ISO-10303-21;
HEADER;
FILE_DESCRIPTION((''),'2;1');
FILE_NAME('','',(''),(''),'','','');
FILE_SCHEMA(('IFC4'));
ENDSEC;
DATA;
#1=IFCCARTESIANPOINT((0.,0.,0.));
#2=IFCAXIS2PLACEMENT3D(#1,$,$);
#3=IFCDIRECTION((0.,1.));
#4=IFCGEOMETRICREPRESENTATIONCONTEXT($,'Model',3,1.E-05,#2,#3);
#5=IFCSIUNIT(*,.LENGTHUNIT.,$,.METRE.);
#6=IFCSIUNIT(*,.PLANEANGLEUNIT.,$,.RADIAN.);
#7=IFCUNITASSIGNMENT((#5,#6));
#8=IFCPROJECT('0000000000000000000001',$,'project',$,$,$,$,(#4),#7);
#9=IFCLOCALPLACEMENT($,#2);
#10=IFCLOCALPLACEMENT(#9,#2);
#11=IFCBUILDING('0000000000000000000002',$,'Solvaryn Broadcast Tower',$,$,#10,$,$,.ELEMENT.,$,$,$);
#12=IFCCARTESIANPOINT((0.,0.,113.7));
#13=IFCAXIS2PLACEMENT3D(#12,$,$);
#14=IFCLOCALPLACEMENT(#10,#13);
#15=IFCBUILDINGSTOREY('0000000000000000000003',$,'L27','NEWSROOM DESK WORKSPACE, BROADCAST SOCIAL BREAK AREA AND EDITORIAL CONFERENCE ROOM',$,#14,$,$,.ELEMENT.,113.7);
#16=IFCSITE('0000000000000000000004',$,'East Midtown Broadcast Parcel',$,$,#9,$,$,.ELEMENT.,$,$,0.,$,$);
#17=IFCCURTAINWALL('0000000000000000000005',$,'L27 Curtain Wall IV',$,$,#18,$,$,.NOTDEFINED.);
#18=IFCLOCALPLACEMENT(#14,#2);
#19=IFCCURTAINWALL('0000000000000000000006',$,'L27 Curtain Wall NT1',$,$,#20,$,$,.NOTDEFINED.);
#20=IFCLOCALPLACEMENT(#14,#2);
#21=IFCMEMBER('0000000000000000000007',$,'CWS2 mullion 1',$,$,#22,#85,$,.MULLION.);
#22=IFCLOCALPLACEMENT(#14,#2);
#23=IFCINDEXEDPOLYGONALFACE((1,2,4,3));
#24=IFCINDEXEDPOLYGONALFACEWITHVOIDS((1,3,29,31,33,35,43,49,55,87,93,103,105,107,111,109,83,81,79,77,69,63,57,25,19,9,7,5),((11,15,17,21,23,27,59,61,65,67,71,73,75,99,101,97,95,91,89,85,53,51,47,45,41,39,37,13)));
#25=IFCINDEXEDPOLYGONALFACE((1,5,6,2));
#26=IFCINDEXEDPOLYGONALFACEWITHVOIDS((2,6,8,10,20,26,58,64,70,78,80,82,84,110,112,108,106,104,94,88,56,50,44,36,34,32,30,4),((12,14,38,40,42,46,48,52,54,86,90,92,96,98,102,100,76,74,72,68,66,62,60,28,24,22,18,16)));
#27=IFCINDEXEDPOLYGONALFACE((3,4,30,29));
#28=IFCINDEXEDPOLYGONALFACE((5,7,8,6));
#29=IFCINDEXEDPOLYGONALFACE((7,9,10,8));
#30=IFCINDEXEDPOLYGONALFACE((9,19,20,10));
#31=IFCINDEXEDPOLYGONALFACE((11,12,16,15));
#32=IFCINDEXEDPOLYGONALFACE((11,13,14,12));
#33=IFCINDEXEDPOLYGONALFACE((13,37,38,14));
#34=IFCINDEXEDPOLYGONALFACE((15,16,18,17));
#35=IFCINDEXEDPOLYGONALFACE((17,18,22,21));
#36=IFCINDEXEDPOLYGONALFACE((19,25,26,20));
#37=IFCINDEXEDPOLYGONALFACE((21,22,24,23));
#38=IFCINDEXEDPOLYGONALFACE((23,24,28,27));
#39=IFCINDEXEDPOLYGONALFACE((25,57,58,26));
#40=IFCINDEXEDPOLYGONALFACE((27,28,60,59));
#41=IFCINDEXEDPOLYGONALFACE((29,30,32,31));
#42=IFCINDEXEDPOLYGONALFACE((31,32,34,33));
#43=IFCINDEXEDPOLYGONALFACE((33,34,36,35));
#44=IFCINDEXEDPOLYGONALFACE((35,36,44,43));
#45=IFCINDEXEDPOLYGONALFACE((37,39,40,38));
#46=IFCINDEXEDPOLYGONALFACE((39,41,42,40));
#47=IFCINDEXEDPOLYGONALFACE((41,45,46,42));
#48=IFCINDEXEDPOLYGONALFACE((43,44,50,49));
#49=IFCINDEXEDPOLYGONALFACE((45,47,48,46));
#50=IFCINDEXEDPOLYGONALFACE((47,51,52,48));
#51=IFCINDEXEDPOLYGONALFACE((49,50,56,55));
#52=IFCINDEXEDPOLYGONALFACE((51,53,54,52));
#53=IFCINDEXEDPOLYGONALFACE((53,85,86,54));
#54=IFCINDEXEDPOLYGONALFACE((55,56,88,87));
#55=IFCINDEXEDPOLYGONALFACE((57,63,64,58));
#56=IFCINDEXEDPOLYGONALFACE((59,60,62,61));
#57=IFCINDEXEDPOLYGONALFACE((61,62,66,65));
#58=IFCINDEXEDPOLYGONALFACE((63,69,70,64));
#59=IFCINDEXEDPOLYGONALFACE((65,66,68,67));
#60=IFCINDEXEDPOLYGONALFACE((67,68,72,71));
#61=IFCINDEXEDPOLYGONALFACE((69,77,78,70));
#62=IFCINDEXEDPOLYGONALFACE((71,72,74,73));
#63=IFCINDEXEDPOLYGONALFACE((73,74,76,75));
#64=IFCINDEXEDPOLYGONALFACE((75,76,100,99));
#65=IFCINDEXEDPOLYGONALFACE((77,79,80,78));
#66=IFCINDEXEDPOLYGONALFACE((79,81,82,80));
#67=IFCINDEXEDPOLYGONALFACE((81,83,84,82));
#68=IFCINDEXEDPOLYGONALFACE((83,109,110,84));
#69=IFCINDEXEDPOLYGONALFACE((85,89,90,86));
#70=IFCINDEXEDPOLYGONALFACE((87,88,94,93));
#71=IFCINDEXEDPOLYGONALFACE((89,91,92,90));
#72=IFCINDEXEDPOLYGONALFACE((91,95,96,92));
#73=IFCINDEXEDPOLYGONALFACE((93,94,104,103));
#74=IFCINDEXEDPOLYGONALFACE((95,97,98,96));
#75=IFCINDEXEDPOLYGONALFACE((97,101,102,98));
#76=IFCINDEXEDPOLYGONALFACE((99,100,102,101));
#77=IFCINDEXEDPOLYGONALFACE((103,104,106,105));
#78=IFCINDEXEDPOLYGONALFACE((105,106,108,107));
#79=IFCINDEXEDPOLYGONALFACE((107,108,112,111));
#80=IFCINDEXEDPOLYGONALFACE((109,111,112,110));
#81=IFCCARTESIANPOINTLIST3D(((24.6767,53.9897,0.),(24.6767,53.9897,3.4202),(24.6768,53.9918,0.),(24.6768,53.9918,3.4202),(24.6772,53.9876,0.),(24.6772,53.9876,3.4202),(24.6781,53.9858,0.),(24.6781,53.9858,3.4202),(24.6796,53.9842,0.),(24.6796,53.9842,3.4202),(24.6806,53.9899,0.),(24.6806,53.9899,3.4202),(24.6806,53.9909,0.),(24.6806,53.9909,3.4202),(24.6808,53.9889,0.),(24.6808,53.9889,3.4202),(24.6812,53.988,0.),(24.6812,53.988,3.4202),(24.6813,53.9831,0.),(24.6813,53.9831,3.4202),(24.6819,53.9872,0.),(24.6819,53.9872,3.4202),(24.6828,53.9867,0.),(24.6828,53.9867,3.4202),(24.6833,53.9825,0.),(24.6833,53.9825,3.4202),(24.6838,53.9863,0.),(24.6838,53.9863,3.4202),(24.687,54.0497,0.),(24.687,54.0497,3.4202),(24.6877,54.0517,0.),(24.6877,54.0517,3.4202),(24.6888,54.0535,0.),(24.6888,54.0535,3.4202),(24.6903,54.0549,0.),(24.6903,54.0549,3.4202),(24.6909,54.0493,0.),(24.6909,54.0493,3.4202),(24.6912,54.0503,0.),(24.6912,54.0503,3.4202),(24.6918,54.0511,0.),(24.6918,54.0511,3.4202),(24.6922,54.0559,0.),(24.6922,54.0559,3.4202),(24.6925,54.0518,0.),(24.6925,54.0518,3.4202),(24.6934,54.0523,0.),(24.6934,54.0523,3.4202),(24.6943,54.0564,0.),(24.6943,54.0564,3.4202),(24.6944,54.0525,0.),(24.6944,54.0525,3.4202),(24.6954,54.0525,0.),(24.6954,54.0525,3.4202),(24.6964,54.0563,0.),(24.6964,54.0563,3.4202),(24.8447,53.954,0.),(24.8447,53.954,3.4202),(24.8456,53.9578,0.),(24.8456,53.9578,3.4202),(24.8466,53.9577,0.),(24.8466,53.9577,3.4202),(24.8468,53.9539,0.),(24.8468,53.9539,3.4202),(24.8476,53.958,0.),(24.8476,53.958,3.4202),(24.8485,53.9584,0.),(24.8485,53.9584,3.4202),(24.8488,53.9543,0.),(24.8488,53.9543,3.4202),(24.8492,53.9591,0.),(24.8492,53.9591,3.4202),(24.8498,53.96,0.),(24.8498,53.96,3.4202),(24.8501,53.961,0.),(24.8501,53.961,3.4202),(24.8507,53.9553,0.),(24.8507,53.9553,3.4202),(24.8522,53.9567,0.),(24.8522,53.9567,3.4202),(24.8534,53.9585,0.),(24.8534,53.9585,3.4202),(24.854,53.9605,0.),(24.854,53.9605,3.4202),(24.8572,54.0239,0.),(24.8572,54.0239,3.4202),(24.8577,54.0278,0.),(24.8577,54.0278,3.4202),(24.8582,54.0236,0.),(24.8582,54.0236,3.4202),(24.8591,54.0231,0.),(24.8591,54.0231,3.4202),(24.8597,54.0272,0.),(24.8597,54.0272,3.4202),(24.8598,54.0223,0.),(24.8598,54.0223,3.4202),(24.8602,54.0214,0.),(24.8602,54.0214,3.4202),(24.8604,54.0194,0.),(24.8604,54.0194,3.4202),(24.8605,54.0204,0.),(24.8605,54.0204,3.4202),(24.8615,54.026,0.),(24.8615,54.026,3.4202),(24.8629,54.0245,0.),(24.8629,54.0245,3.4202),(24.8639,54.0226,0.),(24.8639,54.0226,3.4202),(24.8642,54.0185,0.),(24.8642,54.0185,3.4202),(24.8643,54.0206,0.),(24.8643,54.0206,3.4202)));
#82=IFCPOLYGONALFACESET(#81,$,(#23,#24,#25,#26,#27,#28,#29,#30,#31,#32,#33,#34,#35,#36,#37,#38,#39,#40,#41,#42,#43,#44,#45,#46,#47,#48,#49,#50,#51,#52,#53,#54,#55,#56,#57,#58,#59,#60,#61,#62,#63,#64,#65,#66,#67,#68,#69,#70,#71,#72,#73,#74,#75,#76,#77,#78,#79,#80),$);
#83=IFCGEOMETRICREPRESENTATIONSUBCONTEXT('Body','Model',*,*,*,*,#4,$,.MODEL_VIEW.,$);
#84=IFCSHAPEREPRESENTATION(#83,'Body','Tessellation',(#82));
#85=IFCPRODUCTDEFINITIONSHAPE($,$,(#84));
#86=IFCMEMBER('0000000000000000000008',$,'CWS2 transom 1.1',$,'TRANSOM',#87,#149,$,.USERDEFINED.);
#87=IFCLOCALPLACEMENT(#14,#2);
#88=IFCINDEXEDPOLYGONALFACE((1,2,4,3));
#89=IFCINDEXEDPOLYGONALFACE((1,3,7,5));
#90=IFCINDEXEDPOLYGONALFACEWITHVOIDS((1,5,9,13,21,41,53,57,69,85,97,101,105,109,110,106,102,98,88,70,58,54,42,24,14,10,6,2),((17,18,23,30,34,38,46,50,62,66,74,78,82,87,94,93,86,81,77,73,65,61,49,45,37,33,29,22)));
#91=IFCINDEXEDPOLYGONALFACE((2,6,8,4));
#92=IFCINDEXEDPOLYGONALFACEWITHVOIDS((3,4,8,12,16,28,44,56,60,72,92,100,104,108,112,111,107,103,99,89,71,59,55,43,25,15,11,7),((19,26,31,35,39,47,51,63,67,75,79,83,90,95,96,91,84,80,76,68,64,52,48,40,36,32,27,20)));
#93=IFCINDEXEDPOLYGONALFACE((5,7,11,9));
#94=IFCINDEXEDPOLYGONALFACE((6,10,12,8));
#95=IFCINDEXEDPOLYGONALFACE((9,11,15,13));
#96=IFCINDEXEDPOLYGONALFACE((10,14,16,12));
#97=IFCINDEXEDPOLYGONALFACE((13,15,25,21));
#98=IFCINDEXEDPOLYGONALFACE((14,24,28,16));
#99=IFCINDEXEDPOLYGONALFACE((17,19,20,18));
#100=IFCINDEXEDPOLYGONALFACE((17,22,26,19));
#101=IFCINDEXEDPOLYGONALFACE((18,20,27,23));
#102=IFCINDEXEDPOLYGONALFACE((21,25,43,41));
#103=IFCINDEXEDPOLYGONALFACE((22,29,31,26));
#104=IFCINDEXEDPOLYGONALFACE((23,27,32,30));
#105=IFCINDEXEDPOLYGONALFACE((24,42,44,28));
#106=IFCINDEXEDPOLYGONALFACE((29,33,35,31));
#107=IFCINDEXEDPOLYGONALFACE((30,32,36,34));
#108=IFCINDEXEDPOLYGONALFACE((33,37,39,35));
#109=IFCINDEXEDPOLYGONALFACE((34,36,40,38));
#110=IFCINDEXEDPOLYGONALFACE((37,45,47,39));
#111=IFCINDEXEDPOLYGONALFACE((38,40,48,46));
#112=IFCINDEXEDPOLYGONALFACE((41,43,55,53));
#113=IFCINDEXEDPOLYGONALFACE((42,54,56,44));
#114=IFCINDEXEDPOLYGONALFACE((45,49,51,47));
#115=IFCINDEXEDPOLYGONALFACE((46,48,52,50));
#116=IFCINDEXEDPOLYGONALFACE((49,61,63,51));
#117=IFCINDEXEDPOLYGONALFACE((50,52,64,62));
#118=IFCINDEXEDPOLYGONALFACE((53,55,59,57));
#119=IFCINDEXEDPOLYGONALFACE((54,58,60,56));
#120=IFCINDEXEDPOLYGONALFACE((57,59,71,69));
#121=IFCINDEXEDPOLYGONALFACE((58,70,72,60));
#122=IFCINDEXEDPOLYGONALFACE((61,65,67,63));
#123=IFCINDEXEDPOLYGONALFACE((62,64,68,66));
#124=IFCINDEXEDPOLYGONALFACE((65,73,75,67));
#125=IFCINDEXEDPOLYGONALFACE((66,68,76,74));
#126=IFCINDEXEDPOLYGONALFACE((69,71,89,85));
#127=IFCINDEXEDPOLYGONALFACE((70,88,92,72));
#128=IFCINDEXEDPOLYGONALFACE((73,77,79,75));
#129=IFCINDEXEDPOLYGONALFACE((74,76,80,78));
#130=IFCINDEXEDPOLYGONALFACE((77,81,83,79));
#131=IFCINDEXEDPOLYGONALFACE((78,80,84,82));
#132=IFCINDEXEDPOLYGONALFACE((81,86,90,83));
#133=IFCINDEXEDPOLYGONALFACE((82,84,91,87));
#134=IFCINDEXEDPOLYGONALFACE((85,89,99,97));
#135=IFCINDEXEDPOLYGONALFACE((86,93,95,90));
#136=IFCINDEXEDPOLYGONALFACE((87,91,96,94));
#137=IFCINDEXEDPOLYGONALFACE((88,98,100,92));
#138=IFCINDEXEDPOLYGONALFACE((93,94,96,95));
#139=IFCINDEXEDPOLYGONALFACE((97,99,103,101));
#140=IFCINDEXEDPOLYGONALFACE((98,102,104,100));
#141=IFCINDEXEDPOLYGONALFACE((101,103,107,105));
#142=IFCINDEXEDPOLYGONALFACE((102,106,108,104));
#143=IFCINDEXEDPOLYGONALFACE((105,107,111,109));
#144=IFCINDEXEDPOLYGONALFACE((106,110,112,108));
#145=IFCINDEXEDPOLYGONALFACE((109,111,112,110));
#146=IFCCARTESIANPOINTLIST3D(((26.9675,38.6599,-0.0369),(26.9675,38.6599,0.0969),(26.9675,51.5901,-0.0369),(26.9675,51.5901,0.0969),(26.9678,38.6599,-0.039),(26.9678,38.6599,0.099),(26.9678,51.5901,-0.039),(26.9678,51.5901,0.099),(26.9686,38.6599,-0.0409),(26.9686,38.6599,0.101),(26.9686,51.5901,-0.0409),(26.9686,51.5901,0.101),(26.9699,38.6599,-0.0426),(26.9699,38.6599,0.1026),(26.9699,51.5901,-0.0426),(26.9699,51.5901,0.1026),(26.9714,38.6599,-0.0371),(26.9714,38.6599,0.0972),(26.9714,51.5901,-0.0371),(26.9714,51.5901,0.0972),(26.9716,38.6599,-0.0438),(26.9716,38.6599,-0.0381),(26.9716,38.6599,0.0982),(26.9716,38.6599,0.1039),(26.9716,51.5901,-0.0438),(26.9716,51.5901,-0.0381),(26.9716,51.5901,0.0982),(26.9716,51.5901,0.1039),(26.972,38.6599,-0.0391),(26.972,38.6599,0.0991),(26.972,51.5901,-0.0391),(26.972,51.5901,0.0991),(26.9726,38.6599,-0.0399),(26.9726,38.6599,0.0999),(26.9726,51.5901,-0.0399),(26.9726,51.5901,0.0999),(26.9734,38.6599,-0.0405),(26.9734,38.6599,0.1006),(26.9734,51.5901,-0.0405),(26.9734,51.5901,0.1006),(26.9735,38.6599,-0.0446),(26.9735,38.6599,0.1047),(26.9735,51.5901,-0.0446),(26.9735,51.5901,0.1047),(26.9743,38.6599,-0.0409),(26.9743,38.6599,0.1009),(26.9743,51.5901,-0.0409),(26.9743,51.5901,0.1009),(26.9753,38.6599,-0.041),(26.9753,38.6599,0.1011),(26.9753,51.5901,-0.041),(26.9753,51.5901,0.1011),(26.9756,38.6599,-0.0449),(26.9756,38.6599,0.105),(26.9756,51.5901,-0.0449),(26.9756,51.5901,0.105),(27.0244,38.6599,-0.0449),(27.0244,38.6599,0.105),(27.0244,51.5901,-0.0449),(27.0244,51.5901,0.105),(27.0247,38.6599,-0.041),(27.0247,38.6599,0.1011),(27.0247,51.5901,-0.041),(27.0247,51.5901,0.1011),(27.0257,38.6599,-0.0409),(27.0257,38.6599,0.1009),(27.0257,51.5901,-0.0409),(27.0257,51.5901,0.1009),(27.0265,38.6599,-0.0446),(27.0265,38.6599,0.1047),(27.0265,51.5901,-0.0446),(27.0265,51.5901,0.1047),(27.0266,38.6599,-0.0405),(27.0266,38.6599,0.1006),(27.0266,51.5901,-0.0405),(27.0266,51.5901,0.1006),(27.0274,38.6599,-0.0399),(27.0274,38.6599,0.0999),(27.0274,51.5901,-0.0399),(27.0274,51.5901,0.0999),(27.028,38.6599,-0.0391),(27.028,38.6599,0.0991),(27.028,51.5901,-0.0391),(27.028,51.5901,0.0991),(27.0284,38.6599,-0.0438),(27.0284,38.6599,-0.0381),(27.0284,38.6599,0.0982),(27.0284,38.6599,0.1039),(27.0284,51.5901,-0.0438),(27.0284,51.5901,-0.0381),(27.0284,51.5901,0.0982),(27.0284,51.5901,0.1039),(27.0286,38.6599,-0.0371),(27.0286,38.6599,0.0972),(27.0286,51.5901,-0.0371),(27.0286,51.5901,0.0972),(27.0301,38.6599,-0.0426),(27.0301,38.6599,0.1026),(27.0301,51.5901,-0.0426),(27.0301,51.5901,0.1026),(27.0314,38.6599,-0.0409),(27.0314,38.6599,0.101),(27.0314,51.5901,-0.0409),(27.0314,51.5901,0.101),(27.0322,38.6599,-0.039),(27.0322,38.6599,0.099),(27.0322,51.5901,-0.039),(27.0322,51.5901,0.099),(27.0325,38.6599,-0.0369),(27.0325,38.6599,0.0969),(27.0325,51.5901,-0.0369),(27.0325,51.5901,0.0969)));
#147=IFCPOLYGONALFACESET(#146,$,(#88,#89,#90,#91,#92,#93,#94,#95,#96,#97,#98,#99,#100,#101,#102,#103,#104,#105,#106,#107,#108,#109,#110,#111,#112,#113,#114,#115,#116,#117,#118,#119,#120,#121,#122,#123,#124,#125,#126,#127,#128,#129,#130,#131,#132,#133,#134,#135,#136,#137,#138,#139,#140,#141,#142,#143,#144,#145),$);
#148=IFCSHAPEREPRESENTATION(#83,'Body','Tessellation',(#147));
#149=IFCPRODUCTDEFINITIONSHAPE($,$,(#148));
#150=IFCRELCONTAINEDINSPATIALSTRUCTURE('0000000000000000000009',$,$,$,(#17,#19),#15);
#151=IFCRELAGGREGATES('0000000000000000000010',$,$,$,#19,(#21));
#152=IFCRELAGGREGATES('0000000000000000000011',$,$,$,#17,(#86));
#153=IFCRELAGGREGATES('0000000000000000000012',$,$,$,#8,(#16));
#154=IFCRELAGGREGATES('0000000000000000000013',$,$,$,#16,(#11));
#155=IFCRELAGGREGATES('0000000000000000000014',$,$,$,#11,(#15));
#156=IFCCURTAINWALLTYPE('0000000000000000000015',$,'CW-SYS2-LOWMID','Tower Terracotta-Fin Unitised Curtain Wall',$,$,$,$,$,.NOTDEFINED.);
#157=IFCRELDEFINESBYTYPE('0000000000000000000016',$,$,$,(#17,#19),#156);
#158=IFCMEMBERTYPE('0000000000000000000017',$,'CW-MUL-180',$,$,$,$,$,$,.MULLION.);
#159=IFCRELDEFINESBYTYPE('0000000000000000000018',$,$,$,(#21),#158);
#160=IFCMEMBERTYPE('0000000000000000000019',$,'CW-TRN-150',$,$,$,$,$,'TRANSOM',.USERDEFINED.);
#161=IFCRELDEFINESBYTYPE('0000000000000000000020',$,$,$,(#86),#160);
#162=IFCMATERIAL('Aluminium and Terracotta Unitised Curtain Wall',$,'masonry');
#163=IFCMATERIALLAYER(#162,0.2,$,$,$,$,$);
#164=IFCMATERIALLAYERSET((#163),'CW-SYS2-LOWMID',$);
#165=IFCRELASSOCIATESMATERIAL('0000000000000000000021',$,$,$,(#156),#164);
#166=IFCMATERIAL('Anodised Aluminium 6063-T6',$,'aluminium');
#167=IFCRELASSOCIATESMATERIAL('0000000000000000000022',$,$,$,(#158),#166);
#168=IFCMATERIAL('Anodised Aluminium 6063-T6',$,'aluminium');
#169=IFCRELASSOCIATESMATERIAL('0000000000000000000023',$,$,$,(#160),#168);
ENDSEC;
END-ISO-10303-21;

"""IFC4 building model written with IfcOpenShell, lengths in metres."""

from ifc_helpers import new_model, si_unit, direction, frame, origin, origin_2d, place, context, subcontext, project, spatial, hollow_rectangle, extrude, material, layer, layer_set, material_profile, profile_set, type_object, element, aggregate, save


model = new_model("IFC4")

# Units and contexts
model_context = context("Model", 3, precision=1e-05, world=origin(), true_north=direction((0.0, 1.0)))
body_context = subcontext(model_context, "Body", "Model", "MODEL_VIEW")
ifc_project = project(units=[si_unit("LENGTHUNIT", "METRE"), si_unit("PLANEANGLEUNIT", "RADIAN")], contexts=[model_context])

# Site, building, storey
site_placement = place(None, origin())
site = spatial("IfcSite", under=ifc_project, at=site_placement, Name="East Midtown Broadcast Parcel", CompositionType="ELEMENT", RefElevation=0.0)
building_placement = place(site_placement, origin())
building = spatial("IfcBuilding", under=site, at=building_placement, Name="Solvaryn Broadcast Tower", CompositionType="ELEMENT")
storey_placement = place(building_placement, frame((0.0, 0.0, 113.7)))
storey = spatial("IfcBuildingStorey", under=building, at=storey_placement, Name="L27", Description="NEWSROOM DESK WORKSPACE, BROADCAST SOCIAL BREAK AREA AND EDITORIAL CONFERENCE ROOM", CompositionType="ELEMENT", Elevation=113.7)

# Curtain wall
ifc_material_1 = material(Name="Aluminium and Terracotta Unitised Curtain Wall", Category="masonry")
ifc_layer_1 = layer(ifc_material_1, 0.2)
ifc_layer_set_1 = layer_set([ifc_layer_1], Name="CW-SYS2-LOWMID")
curtain_wall_type = type_object("IfcCurtainWallType", Name="CW-SYS2-LOWMID", Description="Tower Terracotta-Fin Unitised Curtain Wall", PredefinedType="NOTDEFINED", material=ifc_layer_set_1)
curtain_wall_1_placement = place(storey_placement, origin())
curtain_wall_1 = element("IfcCurtainWall", 1, at=curtain_wall_1_placement, inside=storey, type_object=curtain_wall_type, Name="L27 Curtain Wall IV", PredefinedType="NOTDEFINED")
ifc_material_2 = material(Name="Anodised Aluminium 6063-T6", Category="aluminium")
ifc_material_profile_1 = material_profile(ifc_material_2, hollow_rectangle(XDim=0.075, YDim=0.1799, WallThickness=0.0039, InnerFilletRadius=0.0039, OuterFilletRadius=0.0081, at=origin_2d()))
ifc_profile_set_1 = profile_set([ifc_material_profile_1], Name="Anodised Aluminium 6063-T6")
member_type_1 = type_object("IfcMemberType", Name="CW-MUL-180", PredefinedType="MULLION", material=ifc_profile_set_1)

# Curtain wall, member
curtain_wall_2_placement = place(storey_placement, origin())
curtain_wall_2 = element("IfcCurtainWall", 2, at=curtain_wall_2_placement, inside=storey, type_object=curtain_wall_type, Name="L27 Curtain Wall NT1", PredefinedType="NOTDEFINED")
member_1_placement = place(storey_placement, frame((24.7705, 54.0051, 0.0), z_axis=(0.0, 0.0, 1.0), x_axis=(-0.173785, -0.984784, 0.0)))
member_1 = element("IfcMember", 3, at=member_1_placement, type_object=member_type_1, Name="CWS2 mullion 1", PredefinedType="MULLION", context=body_context, shape_type="SweptSolid", body=[
    extrude(hollow_rectangle(XDim=0.075, YDim=0.1799, WallThickness=0.0039, InnerFilletRadius=0.0039, OuterFilletRadius=0.0081, at=origin_2d()), origin(), (0.0, 0.0, 1.0), 3.4202),
])

# Member
ifc_material_3 = material(Name="Anodised Aluminium 6063-T6", Category="aluminium")
ifc_material_profile_2 = material_profile(ifc_material_3, hollow_rectangle(XDim=0.0649, YDim=0.1499, WallThickness=0.0039, InnerFilletRadius=0.0039, OuterFilletRadius=0.0081, at=origin_2d()))
ifc_profile_set_2 = profile_set([ifc_material_profile_2], Name="Anodised Aluminium 6063-T6")
member_type_2 = type_object("IfcMemberType", Name="CW-TRN-150", ElementType="TRANSOM", PredefinedType="USERDEFINED", material=ifc_profile_set_2)
member_2_placement = place(storey_placement, frame((27.0, 51.5901, 0.03), z_axis=(0.0, -1.0, 0.0), x_axis=(1.0, 0.0, 0.0)))
member_2 = element("IfcMember", 4, at=member_2_placement, type_object=member_type_2, Name="CWS2 transom 1.1", ObjectType="TRANSOM", PredefinedType="USERDEFINED", context=body_context, shape_type="SweptSolid", body=[
    extrude(hollow_rectangle(XDim=0.0649, YDim=0.1499, WallThickness=0.0039, InnerFilletRadius=0.0039, OuterFilletRadius=0.0081, at=origin_2d()), origin(), (0.0, 0.0, 1.0), 12.9302),
])
aggregate(curtain_wall_2, [member_1])

aggregate(curtain_wall_1, [member_2])

save(model, "model.ifc")
